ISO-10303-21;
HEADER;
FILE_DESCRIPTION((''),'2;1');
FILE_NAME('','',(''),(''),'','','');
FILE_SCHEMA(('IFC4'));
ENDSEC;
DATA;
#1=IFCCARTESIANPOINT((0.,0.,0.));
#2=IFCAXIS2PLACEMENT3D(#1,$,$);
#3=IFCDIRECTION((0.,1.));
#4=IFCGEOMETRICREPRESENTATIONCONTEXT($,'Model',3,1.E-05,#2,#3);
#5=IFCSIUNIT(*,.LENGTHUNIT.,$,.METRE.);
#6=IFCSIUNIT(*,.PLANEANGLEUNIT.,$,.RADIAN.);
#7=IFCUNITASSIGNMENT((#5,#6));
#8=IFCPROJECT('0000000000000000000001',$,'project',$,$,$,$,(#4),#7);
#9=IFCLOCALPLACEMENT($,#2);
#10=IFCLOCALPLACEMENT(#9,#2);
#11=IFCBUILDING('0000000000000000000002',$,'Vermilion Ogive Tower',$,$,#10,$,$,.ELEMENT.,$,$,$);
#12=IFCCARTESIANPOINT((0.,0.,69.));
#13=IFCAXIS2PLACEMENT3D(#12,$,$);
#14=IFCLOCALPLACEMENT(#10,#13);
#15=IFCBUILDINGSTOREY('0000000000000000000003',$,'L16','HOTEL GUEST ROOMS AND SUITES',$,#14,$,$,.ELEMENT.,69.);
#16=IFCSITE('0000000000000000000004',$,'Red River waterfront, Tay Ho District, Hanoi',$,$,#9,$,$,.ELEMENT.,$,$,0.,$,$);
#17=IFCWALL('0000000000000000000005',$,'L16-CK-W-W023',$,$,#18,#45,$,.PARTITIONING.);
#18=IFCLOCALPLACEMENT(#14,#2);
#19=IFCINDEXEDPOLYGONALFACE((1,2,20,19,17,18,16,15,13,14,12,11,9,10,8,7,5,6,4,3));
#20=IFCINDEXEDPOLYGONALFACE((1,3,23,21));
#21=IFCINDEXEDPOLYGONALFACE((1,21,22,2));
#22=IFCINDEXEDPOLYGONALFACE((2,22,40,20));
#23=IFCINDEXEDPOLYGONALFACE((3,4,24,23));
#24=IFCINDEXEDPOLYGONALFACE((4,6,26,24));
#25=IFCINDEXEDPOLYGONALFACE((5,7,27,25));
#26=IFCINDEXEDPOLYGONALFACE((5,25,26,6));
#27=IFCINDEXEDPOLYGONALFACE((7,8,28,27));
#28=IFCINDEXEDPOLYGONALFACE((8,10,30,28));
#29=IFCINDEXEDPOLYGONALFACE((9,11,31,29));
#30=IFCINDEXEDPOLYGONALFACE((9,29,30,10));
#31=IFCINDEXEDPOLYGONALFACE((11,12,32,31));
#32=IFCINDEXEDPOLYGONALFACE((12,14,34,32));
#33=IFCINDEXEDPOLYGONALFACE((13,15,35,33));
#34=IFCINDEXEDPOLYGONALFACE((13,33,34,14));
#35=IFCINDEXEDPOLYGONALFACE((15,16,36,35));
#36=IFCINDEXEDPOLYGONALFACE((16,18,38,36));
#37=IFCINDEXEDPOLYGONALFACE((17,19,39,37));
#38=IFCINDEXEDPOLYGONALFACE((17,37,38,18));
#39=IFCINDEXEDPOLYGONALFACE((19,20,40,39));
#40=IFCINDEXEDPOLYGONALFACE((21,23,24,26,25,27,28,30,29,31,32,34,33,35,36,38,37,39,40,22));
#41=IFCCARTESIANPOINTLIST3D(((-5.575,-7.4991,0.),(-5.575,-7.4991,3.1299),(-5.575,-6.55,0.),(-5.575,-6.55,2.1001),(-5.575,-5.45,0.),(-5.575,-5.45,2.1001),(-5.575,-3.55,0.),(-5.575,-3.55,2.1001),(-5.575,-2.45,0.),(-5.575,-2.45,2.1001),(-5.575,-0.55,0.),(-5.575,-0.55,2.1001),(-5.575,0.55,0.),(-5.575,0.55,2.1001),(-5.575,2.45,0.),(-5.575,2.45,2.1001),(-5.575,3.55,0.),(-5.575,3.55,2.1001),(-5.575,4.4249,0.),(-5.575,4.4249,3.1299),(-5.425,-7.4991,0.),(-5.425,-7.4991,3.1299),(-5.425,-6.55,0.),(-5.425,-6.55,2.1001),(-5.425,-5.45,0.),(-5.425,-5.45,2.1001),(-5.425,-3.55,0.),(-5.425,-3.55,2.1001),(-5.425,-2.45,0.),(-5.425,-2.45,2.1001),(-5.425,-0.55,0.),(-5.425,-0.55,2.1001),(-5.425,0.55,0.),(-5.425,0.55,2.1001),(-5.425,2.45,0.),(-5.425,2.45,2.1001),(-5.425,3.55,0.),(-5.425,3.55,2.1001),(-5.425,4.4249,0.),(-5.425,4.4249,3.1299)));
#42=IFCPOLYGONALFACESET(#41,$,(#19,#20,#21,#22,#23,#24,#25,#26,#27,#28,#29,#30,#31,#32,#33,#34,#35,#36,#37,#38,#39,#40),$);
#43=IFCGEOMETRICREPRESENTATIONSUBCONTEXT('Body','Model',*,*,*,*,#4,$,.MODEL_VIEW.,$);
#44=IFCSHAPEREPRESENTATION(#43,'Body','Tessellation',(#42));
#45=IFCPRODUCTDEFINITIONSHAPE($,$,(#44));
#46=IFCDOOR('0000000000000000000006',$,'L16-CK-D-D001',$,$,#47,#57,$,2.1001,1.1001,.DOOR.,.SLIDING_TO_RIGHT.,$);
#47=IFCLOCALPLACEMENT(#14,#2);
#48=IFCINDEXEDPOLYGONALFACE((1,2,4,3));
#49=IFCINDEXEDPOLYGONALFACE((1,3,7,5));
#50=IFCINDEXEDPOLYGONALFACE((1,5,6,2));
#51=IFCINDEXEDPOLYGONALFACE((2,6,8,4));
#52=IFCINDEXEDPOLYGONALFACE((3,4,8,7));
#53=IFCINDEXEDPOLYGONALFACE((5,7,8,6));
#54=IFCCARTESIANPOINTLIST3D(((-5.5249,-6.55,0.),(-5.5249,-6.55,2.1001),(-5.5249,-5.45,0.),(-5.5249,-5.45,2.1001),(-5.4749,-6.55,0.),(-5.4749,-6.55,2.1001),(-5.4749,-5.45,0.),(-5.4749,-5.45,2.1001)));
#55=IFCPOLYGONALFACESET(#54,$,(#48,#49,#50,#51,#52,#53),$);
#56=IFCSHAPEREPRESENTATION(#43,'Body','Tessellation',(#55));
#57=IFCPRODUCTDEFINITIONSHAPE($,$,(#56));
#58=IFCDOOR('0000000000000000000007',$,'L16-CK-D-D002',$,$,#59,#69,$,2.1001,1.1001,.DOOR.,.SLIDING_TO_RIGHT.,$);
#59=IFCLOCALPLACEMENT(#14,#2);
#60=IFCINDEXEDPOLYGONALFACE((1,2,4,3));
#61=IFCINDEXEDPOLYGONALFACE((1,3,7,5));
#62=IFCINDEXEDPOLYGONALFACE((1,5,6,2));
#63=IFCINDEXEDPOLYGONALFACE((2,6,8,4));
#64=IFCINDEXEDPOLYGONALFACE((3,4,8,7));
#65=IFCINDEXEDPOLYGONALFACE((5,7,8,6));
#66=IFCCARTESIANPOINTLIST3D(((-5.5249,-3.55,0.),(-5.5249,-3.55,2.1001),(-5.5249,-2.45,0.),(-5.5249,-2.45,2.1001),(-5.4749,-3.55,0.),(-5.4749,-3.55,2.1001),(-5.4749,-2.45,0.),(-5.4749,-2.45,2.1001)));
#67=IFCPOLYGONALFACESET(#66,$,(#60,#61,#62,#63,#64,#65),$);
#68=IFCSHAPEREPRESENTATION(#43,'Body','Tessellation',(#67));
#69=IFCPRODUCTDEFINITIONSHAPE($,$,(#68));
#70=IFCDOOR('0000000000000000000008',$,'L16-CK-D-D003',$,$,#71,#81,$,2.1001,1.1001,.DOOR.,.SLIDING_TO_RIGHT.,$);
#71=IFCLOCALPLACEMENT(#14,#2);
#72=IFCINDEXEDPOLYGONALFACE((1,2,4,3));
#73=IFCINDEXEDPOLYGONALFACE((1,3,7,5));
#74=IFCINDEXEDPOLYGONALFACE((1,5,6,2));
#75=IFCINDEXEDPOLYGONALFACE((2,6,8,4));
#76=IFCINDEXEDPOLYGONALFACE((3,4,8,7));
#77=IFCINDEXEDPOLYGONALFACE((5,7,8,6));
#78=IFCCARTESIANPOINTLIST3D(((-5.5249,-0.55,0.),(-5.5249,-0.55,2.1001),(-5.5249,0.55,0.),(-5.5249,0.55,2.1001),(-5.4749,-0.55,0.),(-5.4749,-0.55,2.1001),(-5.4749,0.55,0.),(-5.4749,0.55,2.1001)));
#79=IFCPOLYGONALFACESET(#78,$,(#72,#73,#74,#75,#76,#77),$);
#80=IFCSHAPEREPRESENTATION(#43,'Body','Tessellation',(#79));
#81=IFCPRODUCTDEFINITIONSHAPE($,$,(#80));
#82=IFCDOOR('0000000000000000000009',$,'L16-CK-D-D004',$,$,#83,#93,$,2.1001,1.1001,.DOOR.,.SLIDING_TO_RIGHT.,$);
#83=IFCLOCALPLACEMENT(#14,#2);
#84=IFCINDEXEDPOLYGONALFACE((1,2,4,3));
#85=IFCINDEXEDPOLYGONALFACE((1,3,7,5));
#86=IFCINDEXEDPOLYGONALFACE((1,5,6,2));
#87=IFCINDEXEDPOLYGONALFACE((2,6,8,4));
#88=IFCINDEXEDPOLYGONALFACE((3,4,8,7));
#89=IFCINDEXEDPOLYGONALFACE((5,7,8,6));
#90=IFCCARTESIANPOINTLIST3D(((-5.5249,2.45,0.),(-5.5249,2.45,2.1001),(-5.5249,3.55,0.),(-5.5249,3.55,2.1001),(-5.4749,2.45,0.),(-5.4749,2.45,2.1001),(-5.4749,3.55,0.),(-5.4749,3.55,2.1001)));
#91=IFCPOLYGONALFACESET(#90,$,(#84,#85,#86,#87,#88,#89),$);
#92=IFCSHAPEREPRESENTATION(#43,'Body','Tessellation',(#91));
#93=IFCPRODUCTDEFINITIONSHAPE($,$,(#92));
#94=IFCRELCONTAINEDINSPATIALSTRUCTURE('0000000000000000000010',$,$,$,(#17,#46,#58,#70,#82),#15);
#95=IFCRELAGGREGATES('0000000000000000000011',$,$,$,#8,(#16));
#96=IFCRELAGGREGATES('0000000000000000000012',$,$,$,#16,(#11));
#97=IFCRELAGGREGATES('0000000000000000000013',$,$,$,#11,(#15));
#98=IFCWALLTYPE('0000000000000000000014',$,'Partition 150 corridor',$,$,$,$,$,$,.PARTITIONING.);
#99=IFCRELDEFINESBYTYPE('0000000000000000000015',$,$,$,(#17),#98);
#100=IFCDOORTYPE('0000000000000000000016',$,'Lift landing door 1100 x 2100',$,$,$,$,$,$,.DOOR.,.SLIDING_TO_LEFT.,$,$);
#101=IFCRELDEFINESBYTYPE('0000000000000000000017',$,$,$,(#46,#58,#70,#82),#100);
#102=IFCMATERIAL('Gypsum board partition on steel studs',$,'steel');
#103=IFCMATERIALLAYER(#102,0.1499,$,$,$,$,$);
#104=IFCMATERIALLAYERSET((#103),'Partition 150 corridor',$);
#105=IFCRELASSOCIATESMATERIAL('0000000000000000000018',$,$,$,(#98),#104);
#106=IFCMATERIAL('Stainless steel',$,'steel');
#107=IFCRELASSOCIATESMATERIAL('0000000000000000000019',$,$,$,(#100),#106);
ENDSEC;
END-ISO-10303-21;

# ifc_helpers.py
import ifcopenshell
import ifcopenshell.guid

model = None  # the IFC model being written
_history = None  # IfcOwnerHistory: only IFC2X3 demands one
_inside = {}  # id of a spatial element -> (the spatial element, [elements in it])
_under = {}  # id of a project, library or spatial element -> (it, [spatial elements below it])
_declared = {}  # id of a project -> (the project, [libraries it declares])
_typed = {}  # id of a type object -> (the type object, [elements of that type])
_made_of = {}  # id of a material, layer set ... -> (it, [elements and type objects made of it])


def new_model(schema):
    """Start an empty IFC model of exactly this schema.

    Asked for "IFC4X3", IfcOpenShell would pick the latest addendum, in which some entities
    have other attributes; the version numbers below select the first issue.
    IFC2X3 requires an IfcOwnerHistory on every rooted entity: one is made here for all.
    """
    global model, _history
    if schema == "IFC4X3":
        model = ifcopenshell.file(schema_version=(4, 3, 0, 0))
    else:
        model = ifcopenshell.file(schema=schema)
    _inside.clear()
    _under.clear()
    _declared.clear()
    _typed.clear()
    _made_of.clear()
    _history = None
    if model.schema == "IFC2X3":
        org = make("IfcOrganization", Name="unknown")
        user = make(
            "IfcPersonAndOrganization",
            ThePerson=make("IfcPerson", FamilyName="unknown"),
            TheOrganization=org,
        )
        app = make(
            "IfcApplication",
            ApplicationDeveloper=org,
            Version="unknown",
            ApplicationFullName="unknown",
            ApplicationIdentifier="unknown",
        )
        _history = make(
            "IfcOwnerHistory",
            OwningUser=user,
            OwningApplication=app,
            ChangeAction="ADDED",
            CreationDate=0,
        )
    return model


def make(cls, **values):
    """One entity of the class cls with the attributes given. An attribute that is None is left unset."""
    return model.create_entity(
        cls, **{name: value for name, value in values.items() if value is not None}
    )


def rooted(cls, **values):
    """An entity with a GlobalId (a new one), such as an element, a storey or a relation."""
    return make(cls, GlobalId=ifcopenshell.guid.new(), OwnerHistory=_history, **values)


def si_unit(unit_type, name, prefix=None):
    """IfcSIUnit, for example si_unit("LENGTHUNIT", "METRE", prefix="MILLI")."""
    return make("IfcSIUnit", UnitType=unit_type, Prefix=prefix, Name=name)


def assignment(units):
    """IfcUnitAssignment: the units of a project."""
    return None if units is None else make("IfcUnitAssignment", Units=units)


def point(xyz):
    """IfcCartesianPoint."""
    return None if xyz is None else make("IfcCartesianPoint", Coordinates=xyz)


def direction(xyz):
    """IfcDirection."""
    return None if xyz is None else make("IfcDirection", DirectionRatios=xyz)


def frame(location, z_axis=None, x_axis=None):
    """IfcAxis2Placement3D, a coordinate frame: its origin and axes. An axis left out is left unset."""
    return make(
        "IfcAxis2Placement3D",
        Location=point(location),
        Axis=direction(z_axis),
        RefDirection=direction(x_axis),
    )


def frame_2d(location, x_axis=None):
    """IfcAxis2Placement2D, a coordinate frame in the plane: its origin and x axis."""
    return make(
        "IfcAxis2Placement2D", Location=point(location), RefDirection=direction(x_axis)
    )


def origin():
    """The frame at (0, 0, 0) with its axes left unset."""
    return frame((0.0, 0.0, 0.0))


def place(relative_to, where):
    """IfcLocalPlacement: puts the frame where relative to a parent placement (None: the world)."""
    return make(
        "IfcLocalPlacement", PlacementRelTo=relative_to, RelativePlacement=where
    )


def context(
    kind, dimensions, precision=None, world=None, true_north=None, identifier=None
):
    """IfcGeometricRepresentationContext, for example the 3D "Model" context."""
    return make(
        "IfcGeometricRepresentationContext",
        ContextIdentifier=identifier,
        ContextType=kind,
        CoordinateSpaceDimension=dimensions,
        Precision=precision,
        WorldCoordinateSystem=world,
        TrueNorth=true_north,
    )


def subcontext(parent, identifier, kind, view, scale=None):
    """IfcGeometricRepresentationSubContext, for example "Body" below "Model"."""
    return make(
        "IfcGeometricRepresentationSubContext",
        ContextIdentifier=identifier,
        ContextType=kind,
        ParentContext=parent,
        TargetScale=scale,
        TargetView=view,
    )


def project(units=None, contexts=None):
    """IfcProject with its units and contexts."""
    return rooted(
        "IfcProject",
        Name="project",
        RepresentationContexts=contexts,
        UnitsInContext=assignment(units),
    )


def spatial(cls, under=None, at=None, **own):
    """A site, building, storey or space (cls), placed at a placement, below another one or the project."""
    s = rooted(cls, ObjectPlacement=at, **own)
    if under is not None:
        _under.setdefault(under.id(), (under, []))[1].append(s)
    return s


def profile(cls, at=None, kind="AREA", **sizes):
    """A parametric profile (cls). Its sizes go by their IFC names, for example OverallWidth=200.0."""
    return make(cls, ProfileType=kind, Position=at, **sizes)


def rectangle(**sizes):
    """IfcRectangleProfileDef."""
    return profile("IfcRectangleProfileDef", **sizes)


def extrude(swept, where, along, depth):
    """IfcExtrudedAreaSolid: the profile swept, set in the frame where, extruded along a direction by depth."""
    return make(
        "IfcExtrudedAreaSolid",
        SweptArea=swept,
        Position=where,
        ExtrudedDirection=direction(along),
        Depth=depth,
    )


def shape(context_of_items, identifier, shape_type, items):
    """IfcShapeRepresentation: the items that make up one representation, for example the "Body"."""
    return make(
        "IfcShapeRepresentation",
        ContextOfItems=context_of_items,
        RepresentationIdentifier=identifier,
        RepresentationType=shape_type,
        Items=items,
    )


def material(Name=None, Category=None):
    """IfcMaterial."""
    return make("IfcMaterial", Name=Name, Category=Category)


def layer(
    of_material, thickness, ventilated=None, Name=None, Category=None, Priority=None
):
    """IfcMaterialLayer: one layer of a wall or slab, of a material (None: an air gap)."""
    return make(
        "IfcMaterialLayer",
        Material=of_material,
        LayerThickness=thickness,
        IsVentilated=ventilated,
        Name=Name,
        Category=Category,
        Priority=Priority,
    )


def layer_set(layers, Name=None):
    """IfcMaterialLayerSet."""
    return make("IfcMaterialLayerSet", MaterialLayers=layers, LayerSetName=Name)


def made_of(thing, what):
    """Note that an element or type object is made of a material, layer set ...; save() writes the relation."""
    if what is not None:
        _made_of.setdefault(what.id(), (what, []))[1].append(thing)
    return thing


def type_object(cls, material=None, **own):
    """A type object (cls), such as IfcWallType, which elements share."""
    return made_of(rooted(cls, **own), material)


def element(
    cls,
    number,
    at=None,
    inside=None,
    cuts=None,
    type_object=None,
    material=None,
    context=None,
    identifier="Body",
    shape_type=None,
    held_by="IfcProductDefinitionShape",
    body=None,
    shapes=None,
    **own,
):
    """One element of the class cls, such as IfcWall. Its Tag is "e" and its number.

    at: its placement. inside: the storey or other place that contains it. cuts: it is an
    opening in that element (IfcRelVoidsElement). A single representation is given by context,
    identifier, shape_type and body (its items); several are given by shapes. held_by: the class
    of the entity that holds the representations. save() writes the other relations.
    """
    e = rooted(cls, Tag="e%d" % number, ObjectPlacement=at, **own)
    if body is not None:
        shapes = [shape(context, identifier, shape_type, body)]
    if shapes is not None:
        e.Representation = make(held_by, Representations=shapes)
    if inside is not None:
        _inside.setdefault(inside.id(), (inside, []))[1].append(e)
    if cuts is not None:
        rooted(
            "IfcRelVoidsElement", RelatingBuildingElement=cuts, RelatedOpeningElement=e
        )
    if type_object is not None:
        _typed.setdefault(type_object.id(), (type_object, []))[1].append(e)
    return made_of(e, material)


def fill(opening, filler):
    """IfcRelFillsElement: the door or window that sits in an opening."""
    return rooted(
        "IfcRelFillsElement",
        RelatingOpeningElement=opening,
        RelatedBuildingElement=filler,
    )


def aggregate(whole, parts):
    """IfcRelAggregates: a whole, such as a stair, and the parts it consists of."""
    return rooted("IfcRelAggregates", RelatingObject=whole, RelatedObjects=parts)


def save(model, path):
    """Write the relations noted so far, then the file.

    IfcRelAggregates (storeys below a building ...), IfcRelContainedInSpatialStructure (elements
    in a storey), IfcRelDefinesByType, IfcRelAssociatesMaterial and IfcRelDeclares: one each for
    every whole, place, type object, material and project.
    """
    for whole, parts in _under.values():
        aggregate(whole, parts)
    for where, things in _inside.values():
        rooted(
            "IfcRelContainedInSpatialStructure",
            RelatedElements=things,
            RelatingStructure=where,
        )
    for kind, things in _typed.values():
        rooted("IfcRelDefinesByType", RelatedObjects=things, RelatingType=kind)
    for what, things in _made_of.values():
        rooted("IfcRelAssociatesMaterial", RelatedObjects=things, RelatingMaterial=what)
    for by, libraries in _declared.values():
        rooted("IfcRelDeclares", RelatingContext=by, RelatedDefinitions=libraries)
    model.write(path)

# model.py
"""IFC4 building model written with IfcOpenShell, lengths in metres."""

from ifc_helpers import new_model, si_unit, direction, frame, frame_2d, origin, place, context, subcontext, project, spatial, rectangle, extrude, material, layer, layer_set, type_object, element, fill, save


model = new_model("IFC4")

# Units and contexts
model_context = context("Model", 3, precision=1e-05, world=origin(), true_north=direction((0.0, 1.0)))
body_context = subcontext(model_context, "Body", "Model", "MODEL_VIEW")
ifc_project = project(units=[si_unit("LENGTHUNIT", "METRE"), si_unit("PLANEANGLEUNIT", "RADIAN")], contexts=[model_context])

# Site, building, storey
site_placement = place(None, origin())
site = spatial("IfcSite", under=ifc_project, at=site_placement, Name="Red River waterfront, Tay Ho District, Hanoi", CompositionType="ELEMENT", RefElevation=0.0)
building_placement = place(site_placement, origin())
building = spatial("IfcBuilding", under=site, at=building_placement, Name="Vermilion Ogive Tower", CompositionType="ELEMENT")
storey_placement = place(building_placement, frame((0.0, 0.0, 69.0)))
storey = spatial("IfcBuildingStorey", under=building, at=storey_placement, Name="L16", Description="HOTEL GUEST ROOMS AND SUITES", CompositionType="ELEMENT", Elevation=69.0)

# Wall, openings, doors
ifc_material_1 = material(Name="Gypsum board partition on steel studs", Category="steel")
ifc_layer_1 = layer(ifc_material_1, 0.1499)
ifc_layer_set_1 = layer_set([ifc_layer_1], Name="Partition 150 corridor")
wall_type_1 = type_object("IfcWallType", Name="Partition 150 corridor", PredefinedType="PARTITIONING", material=ifc_layer_set_1)
wall_1_placement = place(storey_placement, frame((-5.5, -7.499, 0.0), z_axis=(0.0, 0.0, 1.0), x_axis=(0.0, 1.0, 0.0)))
wall_1 = element("IfcWall", 1, at=wall_1_placement, inside=storey, type_object=wall_type_1, Name="L16-CK-W-W023", PredefinedType="PARTITIONING", context=body_context, shape_type="SweptSolid", body=[
    extrude(rectangle(XDim=11.9241, YDim=0.1499, at=frame_2d((5.9619, 0.0))), origin(), (0.0, 0.0, 1.0), 3.1299),
])
opening_1_placement = place(wall_1_placement, frame((0.949, 0.0, 0.0)))
opening_1 = element("IfcOpeningElement", 2, at=opening_1_placement, cuts=wall_1, PredefinedType="OPENING", context=body_context, shape_type="SweptSolid", body=[
    extrude(rectangle(XDim=1.1001, YDim=2.1001, at=frame_2d((0.55, 1.05))), frame((0.0, 0.085, 0.0), z_axis=(0.0, -1.0, 0.0), x_axis=(1.0, 0.0, 0.0)), (0.0, 0.0, 1.0), 0.1699),
])
opening_2_placement = place(wall_1_placement, frame((3.949, 0.0, 0.0)))
opening_2 = element("IfcOpeningElement", 3, at=opening_2_placement, cuts=wall_1, PredefinedType="OPENING", context=body_context, shape_type="SweptSolid", body=[
    extrude(rectangle(XDim=1.1001, YDim=2.1001, at=frame_2d((0.55, 1.05))), frame((0.0, 0.085, 0.0), z_axis=(0.0, -1.0, 0.0), x_axis=(1.0, 0.0, 0.0)), (0.0, 0.0, 1.0), 0.1699),
])
opening_3_placement = place(wall_1_placement, frame((6.949, 0.0, 0.0)))
opening_3 = element("IfcOpeningElement", 4, at=opening_3_placement, cuts=wall_1, PredefinedType="OPENING", context=body_context, shape_type="SweptSolid", body=[
    extrude(rectangle(XDim=1.1001, YDim=2.1001, at=frame_2d((0.55, 1.05))), frame((0.0, 0.085, 0.0), z_axis=(0.0, -1.0, 0.0), x_axis=(1.0, 0.0, 0.0)), (0.0, 0.0, 1.0), 0.1699),
])
opening_4_placement = place(wall_1_placement, frame((9.949, 0.0, 0.0)))
opening_4 = element("IfcOpeningElement", 5, at=opening_4_placement, cuts=wall_1, PredefinedType="OPENING", context=body_context, shape_type="SweptSolid", body=[
    extrude(rectangle(XDim=1.1001, YDim=2.1001, at=frame_2d((0.55, 1.05))), frame((0.0, 0.085, 0.0), z_axis=(0.0, -1.0, 0.0), x_axis=(1.0, 0.0, 0.0)), (0.0, 0.0, 1.0), 0.1699),
])
ifc_material_2 = material(Name="Stainless steel", Category="steel")
door_type_1 = type_object("IfcDoorType", Name="Lift landing door 1100 x 2100", OperationType="SLIDING_TO_LEFT", PredefinedType="DOOR", material=ifc_material_2)
door_1_placement = place(opening_1_placement, origin())
door_1 = element("IfcDoor", 6, at=door_1_placement, inside=storey, type_object=door_type_1, Name="L16-CK-D-D001", OperationType="SLIDING_TO_RIGHT", OverallHeight=2.1001, OverallWidth=1.1001, PredefinedType="DOOR", context=body_context, shape_type="SweptSolid", body=[
    extrude(rectangle(XDim=1.1001, YDim=2.1001, at=frame_2d((0.55, 1.05))), frame((0.0, 0.0249, 0.0), z_axis=(0.0, -1.0, 0.0), x_axis=(1.0, 0.0, 0.0)), (0.0, 0.0, 1.0), 0.05),
])
fill(opening_1, door_1)
door_2_placement = place(opening_2_placement, origin())
door_2 = element("IfcDoor", 7, at=door_2_placement, inside=storey, type_object=door_type_1, Name="L16-CK-D-D002", OperationType="SLIDING_TO_RIGHT", OverallHeight=2.1001, OverallWidth=1.1001, PredefinedType="DOOR", context=body_context, shape_type="SweptSolid", body=[
    extrude(rectangle(XDim=1.1001, YDim=2.1001, at=frame_2d((0.55, 1.05))), frame((0.0, 0.0249, 0.0), z_axis=(0.0, -1.0, 0.0), x_axis=(1.0, 0.0, 0.0)), (0.0, 0.0, 1.0), 0.05),
])
fill(opening_2, door_2)
door_3_placement = place(opening_3_placement, origin())
door_3 = element("IfcDoor", 8, at=door_3_placement, inside=storey, type_object=door_type_1, Name="L16-CK-D-D003", OperationType="SLIDING_TO_RIGHT", OverallHeight=2.1001, OverallWidth=1.1001, PredefinedType="DOOR", context=body_context, shape_type="SweptSolid", body=[
    extrude(rectangle(XDim=1.1001, YDim=2.1001, at=frame_2d((0.55, 1.05))), frame((0.0, 0.0249, 0.0), z_axis=(0.0, -1.0, 0.0), x_axis=(1.0, 0.0, 0.0)), (0.0, 0.0, 1.0), 0.05),
])
fill(opening_3, door_3)
door_4_placement = place(opening_4_placement, origin())
door_4 = element("IfcDoor", 9, at=door_4_placement, inside=storey, type_object=door_type_1, Name="L16-CK-D-D004", OperationType="SLIDING_TO_RIGHT", OverallHeight=2.1001, OverallWidth=1.1001, PredefinedType="DOOR", context=body_context, shape_type="SweptSolid", body=[
    extrude(rectangle(XDim=1.1001, YDim=2.1001, at=frame_2d((0.55, 1.05))), frame((0.0, 0.0249, 0.0), z_axis=(0.0, -1.0, 0.0), x_axis=(1.0, 0.0, 0.0)), (0.0, 0.0, 1.0), 0.05),
])
fill(opening_4, door_4)

save(model, "model.ifc")
